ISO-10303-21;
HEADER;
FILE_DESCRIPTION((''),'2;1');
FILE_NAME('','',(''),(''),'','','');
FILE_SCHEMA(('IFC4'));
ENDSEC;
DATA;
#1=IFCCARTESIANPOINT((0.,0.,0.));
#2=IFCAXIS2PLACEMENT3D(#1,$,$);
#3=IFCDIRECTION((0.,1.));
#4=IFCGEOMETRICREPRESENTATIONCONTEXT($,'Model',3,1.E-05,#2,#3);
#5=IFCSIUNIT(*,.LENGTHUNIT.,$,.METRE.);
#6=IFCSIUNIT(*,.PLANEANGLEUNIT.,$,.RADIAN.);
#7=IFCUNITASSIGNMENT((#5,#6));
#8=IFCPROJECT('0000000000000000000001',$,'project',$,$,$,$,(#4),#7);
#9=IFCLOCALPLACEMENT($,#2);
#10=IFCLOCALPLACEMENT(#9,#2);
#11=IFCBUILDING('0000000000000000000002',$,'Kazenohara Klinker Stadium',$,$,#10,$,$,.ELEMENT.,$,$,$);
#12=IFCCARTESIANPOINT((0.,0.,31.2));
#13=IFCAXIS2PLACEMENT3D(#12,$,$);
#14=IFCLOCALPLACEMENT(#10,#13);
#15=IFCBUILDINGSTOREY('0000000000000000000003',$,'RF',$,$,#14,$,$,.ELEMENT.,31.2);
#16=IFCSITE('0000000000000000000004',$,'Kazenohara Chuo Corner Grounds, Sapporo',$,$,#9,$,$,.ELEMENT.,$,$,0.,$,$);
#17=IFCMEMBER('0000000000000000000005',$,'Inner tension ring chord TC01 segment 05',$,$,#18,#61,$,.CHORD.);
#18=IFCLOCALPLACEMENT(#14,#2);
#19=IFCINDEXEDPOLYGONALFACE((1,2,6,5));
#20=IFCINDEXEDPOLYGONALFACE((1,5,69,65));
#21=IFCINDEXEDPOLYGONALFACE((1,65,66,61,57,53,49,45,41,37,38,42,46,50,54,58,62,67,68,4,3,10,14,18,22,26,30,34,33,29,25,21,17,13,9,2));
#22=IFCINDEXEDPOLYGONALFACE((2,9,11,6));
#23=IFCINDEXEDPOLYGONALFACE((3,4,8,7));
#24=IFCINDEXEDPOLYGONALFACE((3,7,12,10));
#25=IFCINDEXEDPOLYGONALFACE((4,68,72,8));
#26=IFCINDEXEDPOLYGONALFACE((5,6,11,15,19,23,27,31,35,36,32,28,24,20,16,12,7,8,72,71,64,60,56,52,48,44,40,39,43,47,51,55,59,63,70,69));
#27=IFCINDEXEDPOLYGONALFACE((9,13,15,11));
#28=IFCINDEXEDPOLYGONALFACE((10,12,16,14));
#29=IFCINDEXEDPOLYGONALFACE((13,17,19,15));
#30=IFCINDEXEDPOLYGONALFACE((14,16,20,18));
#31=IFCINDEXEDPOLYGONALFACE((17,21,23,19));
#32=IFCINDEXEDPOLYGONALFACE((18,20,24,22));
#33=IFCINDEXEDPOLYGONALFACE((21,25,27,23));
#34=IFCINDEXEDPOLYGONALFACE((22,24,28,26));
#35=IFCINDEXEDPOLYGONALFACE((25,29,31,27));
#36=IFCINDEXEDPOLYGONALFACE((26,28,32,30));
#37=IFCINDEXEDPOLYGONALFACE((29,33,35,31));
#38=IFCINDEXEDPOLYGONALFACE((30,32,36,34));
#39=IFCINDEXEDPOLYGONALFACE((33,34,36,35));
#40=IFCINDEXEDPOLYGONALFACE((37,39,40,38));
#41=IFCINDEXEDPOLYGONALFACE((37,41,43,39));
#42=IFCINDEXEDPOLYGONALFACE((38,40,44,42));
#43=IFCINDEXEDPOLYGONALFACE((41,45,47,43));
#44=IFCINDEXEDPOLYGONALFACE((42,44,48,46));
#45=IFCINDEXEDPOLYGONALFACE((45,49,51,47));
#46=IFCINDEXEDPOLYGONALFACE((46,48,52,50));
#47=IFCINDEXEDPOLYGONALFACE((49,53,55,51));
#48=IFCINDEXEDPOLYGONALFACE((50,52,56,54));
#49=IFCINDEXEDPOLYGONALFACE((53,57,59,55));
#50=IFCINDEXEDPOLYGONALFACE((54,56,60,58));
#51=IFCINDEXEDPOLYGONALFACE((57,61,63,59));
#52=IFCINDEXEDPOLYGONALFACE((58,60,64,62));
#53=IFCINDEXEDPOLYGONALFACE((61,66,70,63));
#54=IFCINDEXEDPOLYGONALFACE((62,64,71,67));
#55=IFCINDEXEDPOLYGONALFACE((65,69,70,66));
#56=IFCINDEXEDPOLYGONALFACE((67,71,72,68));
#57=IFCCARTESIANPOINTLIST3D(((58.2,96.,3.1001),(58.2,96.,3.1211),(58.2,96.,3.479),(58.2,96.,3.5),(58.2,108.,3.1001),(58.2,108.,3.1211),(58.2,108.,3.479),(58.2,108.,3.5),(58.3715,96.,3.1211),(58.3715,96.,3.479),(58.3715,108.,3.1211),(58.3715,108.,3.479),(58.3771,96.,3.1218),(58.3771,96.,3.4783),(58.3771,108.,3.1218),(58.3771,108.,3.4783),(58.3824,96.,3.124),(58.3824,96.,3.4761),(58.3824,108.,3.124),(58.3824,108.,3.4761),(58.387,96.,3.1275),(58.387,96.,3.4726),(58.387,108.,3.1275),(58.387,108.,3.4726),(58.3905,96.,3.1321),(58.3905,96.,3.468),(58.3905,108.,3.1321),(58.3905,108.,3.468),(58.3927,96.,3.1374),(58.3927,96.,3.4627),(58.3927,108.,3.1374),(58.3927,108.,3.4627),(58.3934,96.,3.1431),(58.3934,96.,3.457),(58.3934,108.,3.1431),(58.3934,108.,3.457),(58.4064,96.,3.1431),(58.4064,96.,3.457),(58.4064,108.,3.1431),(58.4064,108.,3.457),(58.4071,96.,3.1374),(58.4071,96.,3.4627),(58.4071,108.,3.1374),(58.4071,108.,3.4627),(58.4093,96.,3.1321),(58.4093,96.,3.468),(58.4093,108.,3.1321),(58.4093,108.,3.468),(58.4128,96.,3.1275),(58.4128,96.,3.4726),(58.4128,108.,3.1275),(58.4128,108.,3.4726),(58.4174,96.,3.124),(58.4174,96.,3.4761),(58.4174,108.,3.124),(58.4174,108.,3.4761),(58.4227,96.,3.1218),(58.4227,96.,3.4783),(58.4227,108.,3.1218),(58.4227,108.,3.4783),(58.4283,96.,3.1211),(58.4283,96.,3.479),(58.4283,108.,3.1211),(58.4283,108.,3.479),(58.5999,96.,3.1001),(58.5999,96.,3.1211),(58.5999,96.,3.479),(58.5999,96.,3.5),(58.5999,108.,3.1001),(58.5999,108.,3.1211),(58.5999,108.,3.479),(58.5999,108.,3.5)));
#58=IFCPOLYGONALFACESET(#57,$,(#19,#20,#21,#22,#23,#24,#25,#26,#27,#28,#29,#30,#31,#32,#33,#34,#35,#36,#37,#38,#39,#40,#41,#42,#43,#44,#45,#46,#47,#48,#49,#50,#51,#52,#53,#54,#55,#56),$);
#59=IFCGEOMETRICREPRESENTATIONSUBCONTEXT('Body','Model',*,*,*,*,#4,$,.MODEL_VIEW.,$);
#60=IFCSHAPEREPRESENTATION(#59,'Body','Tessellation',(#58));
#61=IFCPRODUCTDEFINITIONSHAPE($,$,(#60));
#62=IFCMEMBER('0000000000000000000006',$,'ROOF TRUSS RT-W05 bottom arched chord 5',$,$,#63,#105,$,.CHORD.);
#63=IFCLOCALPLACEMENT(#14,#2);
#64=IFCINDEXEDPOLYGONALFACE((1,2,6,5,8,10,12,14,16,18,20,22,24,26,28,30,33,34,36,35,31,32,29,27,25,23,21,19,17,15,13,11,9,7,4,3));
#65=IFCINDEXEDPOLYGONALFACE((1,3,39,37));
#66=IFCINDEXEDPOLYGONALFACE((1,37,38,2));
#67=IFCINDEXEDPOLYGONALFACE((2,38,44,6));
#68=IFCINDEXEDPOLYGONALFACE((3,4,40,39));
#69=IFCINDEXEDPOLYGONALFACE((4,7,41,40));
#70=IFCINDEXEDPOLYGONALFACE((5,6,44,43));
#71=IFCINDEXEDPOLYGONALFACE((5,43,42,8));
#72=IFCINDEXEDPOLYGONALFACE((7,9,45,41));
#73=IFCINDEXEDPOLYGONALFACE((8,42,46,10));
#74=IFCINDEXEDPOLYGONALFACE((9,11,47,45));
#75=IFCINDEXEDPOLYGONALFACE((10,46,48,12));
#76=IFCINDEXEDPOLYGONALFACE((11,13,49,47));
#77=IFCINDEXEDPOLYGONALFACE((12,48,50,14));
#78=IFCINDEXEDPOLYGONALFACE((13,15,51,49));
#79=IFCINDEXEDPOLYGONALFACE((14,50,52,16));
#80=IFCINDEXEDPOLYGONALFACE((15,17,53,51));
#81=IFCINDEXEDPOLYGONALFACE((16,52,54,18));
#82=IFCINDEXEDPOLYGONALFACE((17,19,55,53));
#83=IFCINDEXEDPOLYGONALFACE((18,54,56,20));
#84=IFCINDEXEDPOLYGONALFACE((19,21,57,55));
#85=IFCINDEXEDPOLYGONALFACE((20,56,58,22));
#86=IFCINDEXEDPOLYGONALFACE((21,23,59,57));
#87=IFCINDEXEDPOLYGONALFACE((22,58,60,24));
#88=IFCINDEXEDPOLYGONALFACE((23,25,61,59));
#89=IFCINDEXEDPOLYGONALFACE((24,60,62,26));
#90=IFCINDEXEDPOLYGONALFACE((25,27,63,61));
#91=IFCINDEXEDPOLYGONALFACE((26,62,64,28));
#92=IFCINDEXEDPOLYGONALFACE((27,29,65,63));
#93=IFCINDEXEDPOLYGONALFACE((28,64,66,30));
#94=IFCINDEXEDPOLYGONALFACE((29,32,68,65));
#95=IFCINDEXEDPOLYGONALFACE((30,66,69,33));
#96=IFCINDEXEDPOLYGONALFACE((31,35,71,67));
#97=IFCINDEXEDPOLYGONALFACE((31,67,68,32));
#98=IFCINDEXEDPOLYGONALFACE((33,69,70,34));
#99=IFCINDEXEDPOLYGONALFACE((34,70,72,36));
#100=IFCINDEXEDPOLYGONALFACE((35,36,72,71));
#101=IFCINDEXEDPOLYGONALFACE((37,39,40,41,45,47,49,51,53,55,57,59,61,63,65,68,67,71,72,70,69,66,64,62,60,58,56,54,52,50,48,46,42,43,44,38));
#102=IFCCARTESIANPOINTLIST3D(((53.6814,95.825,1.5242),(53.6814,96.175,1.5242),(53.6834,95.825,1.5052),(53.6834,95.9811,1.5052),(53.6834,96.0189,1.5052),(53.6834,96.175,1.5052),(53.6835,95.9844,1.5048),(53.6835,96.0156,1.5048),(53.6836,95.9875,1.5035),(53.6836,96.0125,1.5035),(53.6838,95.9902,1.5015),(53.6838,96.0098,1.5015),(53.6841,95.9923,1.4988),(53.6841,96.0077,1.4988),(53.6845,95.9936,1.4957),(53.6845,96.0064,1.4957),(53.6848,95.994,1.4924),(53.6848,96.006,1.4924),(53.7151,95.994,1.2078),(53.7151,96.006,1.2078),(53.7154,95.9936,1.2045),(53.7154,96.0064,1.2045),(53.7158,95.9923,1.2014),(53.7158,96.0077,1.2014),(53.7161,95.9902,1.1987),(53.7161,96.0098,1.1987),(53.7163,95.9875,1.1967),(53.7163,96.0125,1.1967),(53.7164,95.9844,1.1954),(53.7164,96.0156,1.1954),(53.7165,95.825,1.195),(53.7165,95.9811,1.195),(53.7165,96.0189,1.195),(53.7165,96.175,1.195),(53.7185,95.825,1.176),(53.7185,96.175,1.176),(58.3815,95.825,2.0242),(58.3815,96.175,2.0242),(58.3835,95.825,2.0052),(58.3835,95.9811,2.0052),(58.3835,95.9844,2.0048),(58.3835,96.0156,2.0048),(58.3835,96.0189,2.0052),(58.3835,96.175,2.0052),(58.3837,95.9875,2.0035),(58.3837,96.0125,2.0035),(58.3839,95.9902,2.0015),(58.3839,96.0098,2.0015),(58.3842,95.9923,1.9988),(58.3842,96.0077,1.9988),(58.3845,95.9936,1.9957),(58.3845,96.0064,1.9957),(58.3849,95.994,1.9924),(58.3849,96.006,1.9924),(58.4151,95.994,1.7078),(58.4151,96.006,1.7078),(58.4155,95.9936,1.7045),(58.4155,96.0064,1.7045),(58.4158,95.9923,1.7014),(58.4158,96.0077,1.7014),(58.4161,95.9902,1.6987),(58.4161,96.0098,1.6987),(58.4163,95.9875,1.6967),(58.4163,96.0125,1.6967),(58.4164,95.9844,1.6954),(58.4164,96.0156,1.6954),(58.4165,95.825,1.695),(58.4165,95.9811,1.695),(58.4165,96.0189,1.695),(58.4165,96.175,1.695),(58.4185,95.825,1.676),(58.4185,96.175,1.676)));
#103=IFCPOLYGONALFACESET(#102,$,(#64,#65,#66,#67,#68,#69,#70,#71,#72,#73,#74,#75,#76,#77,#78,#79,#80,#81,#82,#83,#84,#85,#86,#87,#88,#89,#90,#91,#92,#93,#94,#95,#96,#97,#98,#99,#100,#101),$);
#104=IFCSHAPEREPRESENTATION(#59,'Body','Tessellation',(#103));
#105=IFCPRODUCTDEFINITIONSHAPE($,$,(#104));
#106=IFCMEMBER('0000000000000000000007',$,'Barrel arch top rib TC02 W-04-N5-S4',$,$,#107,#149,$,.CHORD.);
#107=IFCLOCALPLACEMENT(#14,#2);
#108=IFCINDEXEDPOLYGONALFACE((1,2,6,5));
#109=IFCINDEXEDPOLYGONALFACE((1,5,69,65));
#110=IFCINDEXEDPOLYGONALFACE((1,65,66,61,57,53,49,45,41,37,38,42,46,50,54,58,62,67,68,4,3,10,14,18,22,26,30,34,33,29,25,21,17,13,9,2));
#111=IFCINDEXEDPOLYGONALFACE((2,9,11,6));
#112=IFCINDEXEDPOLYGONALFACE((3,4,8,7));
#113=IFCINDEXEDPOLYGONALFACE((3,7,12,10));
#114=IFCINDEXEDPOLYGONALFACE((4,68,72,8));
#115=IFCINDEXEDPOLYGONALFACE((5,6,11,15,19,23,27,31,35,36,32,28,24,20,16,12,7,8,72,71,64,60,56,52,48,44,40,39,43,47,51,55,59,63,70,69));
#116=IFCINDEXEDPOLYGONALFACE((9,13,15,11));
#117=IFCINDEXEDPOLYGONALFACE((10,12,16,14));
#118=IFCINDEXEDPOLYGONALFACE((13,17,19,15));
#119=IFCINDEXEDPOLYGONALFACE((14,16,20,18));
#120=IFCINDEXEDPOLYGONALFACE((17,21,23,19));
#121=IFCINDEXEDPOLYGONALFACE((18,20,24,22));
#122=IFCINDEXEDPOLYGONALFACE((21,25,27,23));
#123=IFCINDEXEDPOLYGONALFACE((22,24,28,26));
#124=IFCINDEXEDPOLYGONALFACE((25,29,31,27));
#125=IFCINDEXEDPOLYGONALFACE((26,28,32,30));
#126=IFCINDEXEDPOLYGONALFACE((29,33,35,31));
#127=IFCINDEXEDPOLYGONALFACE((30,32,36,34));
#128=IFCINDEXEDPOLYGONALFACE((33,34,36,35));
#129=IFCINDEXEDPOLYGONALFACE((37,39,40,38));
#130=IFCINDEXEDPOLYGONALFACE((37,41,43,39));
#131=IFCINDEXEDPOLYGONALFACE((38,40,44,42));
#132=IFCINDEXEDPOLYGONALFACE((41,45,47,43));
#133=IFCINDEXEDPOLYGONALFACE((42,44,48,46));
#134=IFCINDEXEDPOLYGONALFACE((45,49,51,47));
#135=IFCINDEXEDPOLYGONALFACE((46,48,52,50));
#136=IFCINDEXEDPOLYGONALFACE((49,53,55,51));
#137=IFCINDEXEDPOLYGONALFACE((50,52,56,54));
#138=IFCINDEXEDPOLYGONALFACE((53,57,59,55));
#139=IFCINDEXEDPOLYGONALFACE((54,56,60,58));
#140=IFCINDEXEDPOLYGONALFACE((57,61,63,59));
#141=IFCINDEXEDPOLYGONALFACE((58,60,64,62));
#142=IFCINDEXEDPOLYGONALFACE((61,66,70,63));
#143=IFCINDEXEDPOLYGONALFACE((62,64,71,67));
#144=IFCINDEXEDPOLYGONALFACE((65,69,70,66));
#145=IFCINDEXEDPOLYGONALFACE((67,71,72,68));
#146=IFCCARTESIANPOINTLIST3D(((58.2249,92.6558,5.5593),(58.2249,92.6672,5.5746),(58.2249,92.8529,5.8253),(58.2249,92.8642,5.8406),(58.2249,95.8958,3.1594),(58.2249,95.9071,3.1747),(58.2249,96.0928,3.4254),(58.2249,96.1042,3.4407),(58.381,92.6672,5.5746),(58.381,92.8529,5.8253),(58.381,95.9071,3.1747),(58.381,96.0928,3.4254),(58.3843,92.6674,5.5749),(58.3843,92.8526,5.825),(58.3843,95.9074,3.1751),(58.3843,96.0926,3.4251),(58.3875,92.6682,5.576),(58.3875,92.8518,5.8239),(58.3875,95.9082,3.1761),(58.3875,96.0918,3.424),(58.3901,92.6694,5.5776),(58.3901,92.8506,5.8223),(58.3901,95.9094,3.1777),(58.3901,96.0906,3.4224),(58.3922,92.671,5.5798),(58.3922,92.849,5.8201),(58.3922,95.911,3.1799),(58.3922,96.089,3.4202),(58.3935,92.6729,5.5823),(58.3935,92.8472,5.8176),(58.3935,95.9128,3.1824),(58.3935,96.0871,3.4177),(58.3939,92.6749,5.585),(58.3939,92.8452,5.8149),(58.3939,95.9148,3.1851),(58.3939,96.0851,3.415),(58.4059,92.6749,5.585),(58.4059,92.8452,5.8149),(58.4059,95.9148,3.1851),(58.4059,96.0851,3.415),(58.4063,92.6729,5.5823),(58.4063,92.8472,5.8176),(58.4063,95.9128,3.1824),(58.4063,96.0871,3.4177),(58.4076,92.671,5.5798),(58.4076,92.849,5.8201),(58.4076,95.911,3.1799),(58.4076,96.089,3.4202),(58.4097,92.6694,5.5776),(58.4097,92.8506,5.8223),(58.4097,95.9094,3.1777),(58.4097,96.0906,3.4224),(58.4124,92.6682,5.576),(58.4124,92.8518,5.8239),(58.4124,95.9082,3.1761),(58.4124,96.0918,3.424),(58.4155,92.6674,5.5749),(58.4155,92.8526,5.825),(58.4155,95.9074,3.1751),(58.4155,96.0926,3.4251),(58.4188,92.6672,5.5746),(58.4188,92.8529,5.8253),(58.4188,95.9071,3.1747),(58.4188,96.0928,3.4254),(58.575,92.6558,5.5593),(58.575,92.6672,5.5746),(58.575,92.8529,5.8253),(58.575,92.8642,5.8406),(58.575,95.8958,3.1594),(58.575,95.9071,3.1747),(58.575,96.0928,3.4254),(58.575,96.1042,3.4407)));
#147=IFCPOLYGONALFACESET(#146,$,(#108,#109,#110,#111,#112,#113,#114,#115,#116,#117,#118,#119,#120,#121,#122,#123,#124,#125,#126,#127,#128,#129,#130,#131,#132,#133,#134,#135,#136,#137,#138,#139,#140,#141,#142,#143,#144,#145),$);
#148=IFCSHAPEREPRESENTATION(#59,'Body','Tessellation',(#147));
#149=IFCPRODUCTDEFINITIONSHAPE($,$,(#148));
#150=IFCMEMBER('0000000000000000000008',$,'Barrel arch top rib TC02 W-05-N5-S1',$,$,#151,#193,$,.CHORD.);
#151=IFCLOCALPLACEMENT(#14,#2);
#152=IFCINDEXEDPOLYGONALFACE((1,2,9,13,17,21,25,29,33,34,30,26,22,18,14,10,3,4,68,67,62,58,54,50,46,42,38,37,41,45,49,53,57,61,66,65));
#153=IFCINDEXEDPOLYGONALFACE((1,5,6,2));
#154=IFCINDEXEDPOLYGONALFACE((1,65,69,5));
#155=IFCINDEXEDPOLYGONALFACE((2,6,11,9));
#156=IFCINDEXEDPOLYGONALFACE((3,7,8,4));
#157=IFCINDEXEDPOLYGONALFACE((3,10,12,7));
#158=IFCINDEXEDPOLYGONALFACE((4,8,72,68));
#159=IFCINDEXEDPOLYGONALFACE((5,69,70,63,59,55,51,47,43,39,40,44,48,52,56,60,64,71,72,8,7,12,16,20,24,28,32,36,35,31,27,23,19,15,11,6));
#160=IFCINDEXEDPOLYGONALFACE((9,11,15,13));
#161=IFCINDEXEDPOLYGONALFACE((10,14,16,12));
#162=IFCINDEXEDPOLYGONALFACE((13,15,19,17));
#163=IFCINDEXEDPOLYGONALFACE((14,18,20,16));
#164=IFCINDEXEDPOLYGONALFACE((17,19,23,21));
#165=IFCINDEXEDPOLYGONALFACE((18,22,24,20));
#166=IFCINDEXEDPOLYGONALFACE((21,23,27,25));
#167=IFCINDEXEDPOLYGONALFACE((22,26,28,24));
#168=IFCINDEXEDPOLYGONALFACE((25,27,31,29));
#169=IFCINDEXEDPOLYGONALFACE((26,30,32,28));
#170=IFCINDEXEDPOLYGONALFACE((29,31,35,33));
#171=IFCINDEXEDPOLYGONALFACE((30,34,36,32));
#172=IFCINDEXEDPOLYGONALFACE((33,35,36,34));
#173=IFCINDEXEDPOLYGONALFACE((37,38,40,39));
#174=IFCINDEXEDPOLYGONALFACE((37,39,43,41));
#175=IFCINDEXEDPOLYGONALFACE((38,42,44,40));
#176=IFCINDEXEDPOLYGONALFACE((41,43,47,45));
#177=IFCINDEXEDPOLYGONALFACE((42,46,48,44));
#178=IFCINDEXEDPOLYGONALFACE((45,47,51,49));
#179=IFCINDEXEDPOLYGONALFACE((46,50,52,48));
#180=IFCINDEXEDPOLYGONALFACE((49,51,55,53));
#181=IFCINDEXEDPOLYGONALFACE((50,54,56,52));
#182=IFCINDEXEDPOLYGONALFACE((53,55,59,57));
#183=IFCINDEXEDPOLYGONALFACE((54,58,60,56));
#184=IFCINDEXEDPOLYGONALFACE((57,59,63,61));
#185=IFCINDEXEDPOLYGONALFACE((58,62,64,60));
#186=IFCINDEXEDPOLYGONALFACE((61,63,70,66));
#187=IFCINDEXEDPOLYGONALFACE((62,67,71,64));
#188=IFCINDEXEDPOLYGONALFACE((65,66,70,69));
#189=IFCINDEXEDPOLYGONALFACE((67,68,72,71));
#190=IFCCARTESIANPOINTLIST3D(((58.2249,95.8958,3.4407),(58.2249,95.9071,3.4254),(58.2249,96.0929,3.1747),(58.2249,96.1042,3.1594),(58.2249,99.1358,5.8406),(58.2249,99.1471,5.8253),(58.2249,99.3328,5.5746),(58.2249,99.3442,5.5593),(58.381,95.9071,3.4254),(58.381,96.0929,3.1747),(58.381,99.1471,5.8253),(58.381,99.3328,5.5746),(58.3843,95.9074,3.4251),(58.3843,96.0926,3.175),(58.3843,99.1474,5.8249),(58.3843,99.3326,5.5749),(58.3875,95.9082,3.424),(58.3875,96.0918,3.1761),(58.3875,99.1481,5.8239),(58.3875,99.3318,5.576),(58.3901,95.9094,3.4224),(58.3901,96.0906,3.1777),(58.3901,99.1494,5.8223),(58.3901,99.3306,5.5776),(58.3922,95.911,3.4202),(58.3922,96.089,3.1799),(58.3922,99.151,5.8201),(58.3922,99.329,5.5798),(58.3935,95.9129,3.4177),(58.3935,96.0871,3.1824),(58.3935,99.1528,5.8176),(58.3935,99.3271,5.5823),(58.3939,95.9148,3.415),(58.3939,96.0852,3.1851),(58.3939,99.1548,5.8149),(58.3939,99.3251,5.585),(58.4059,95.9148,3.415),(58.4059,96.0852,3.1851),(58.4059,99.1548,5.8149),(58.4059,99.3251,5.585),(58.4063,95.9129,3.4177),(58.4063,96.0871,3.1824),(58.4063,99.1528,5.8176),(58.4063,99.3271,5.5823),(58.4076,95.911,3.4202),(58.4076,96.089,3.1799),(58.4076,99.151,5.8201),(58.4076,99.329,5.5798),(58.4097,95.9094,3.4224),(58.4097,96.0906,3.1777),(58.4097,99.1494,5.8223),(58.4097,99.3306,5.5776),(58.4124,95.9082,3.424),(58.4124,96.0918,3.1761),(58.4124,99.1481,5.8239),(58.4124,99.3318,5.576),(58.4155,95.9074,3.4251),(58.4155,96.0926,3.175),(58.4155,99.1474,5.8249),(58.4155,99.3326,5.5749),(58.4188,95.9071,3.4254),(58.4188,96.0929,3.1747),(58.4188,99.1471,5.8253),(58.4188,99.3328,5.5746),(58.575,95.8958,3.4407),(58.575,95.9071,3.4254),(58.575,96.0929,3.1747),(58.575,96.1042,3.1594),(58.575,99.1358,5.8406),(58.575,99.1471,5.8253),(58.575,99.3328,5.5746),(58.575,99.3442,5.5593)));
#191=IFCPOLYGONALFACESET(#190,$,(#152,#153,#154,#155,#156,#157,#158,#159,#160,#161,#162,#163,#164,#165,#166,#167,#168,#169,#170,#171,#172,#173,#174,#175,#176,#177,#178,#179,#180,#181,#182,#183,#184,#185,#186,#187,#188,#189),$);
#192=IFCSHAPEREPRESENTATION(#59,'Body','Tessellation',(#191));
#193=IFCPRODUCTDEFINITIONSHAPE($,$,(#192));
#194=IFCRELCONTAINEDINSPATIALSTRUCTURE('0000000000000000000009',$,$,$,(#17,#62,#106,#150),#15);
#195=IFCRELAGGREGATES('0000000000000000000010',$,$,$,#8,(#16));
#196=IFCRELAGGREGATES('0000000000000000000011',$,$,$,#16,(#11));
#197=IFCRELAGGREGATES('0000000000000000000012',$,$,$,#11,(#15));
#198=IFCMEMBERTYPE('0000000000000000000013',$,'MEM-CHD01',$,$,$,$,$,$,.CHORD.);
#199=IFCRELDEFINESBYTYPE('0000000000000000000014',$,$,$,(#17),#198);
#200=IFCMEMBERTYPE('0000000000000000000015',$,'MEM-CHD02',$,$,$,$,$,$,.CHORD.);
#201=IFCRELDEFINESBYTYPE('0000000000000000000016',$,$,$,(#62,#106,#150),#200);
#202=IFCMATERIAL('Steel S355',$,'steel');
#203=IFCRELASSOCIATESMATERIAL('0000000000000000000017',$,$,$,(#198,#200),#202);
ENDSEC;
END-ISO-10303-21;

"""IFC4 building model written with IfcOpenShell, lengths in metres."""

from ifc_helpers import new_model, si_unit, direction, frame, origin, origin_2d, place, context, subcontext, project, spatial, i_section, extrude, material, material_profile, profile_set, type_object, element, save


model = new_model("IFC4")

# Units and contexts
model_context = context("Model", 3, precision=1e-05, world=origin(), true_north=direction((0.0, 1.0)))
body_context = subcontext(model_context, "Body", "Model", "MODEL_VIEW")
ifc_project = project(units=[si_unit("LENGTHUNIT", "METRE"), si_unit("PLANEANGLEUNIT", "RADIAN")], contexts=[model_context])

# Site, building, storey
site_placement = place(None, origin())
site = spatial("IfcSite", under=ifc_project, at=site_placement, Name="Kazenohara Chuo Corner Grounds, Sapporo", CompositionType="ELEMENT", RefElevation=0.0)
building_placement = place(site_placement, origin())
building = spatial("IfcBuilding", under=site, at=building_placement, Name="Kazenohara Klinker Stadium", CompositionType="ELEMENT")
storey_placement = place(building_placement, frame((0.0, 0.0, 31.2)))
storey = spatial("IfcBuildingStorey", under=building, at=storey_placement, Name="RF", CompositionType="ELEMENT", Elevation=31.2)

# Members
ifc_material = material(Name="Steel S355", Category="steel")
ifc_material_profile_1 = material_profile(ifc_material, i_section(OverallWidth=0.3999, OverallDepth=0.3999, WebThickness=0.0129, FlangeThickness=0.021, FilletRadius=0.022, at=origin_2d()), Name="H-400x400x13x21")
ifc_profile_set_1 = profile_set([ifc_material_profile_1], Name="Steel S355")
member_type_1 = type_object("IfcMemberType", Name="MEM-CHD01", PredefinedType="CHORD", material=ifc_profile_set_1)
member_1_placement = place(storey_placement, frame((58.3999, 96.0, 3.3), z_axis=(0.0, 1.0, 0.0), x_axis=(-1.0, 0.0, 0.0)))
element("IfcMember", 1, at=member_1_placement, inside=storey, type_object=member_type_1, Name="Inner tension ring chord TC01 segment 05", PredefinedType="CHORD", context=body_context, shape_type="SweptSolid", body=[
    extrude(i_section(OverallWidth=0.3999, OverallDepth=0.3999, WebThickness=0.0129, FlangeThickness=0.021, FilletRadius=0.022, at=origin_2d()), origin(), (0.0, 0.0, 1.0), 12.0),
])
ifc_material_profile_2 = material_profile(ifc_material, i_section(OverallWidth=0.3501, OverallDepth=0.3501, WebThickness=0.012, FlangeThickness=0.019, FilletRadius=0.0129, at=origin_2d()), Name="H-350x350x12x19")
ifc_profile_set_2 = profile_set([ifc_material_profile_2], Name="Steel S355")
member_type_2 = type_object("IfcMemberType", Name="MEM-CHD02", PredefinedType="CHORD", material=ifc_profile_set_2)
member_2_placement = place(storey_placement, frame((53.7, 96.0, 1.3501), z_axis=(0.994389, 0.0, 0.105787), x_axis=(0.0, 1.0, 0.0)))
element("IfcMember", 2, at=member_2_placement, inside=storey, type_object=member_type_2, Name="ROOF TRUSS RT-W05 bottom arched chord 5", PredefinedType="CHORD", context=body_context, shape_type="SweptSolid", body=[
    extrude(i_section(OverallWidth=0.3501, OverallDepth=0.3501, WebThickness=0.012, FlangeThickness=0.019, FilletRadius=0.0129, at=origin_2d()), origin(), (0.0, 0.0, 1.0), 4.7266),
])
for number, where, z_axis, x_axis, name in (
    (3, (58.3999, 92.76, 5.7), (0.0, 0.803568, -0.595213), (-1.0, 0.0, 0.0), "Barrel arch top rib TC02 W-04-N5-S4"),
    (4, (58.3999, 96.0, 3.3), (0.0, 0.803568, 0.595213), (-1.0, 0.0, 0.0), "Barrel arch top rib TC02 W-05-N5-S1"),
):
    element("IfcMember", number, at=place(storey_placement, frame(where, z_axis=z_axis, x_axis=x_axis)), inside=storey, type_object=member_type_2, Name=name, PredefinedType="CHORD", context=body_context, shape_type="SweptSolid", body=[
        extrude(i_section(OverallWidth=0.3501, OverallDepth=0.3501, WebThickness=0.012, FlangeThickness=0.019, FilletRadius=0.0129, at=origin_2d()), origin(), (0.0, 0.0, 1.0), 4.032),
    ])

save(model, "model.ifc")
